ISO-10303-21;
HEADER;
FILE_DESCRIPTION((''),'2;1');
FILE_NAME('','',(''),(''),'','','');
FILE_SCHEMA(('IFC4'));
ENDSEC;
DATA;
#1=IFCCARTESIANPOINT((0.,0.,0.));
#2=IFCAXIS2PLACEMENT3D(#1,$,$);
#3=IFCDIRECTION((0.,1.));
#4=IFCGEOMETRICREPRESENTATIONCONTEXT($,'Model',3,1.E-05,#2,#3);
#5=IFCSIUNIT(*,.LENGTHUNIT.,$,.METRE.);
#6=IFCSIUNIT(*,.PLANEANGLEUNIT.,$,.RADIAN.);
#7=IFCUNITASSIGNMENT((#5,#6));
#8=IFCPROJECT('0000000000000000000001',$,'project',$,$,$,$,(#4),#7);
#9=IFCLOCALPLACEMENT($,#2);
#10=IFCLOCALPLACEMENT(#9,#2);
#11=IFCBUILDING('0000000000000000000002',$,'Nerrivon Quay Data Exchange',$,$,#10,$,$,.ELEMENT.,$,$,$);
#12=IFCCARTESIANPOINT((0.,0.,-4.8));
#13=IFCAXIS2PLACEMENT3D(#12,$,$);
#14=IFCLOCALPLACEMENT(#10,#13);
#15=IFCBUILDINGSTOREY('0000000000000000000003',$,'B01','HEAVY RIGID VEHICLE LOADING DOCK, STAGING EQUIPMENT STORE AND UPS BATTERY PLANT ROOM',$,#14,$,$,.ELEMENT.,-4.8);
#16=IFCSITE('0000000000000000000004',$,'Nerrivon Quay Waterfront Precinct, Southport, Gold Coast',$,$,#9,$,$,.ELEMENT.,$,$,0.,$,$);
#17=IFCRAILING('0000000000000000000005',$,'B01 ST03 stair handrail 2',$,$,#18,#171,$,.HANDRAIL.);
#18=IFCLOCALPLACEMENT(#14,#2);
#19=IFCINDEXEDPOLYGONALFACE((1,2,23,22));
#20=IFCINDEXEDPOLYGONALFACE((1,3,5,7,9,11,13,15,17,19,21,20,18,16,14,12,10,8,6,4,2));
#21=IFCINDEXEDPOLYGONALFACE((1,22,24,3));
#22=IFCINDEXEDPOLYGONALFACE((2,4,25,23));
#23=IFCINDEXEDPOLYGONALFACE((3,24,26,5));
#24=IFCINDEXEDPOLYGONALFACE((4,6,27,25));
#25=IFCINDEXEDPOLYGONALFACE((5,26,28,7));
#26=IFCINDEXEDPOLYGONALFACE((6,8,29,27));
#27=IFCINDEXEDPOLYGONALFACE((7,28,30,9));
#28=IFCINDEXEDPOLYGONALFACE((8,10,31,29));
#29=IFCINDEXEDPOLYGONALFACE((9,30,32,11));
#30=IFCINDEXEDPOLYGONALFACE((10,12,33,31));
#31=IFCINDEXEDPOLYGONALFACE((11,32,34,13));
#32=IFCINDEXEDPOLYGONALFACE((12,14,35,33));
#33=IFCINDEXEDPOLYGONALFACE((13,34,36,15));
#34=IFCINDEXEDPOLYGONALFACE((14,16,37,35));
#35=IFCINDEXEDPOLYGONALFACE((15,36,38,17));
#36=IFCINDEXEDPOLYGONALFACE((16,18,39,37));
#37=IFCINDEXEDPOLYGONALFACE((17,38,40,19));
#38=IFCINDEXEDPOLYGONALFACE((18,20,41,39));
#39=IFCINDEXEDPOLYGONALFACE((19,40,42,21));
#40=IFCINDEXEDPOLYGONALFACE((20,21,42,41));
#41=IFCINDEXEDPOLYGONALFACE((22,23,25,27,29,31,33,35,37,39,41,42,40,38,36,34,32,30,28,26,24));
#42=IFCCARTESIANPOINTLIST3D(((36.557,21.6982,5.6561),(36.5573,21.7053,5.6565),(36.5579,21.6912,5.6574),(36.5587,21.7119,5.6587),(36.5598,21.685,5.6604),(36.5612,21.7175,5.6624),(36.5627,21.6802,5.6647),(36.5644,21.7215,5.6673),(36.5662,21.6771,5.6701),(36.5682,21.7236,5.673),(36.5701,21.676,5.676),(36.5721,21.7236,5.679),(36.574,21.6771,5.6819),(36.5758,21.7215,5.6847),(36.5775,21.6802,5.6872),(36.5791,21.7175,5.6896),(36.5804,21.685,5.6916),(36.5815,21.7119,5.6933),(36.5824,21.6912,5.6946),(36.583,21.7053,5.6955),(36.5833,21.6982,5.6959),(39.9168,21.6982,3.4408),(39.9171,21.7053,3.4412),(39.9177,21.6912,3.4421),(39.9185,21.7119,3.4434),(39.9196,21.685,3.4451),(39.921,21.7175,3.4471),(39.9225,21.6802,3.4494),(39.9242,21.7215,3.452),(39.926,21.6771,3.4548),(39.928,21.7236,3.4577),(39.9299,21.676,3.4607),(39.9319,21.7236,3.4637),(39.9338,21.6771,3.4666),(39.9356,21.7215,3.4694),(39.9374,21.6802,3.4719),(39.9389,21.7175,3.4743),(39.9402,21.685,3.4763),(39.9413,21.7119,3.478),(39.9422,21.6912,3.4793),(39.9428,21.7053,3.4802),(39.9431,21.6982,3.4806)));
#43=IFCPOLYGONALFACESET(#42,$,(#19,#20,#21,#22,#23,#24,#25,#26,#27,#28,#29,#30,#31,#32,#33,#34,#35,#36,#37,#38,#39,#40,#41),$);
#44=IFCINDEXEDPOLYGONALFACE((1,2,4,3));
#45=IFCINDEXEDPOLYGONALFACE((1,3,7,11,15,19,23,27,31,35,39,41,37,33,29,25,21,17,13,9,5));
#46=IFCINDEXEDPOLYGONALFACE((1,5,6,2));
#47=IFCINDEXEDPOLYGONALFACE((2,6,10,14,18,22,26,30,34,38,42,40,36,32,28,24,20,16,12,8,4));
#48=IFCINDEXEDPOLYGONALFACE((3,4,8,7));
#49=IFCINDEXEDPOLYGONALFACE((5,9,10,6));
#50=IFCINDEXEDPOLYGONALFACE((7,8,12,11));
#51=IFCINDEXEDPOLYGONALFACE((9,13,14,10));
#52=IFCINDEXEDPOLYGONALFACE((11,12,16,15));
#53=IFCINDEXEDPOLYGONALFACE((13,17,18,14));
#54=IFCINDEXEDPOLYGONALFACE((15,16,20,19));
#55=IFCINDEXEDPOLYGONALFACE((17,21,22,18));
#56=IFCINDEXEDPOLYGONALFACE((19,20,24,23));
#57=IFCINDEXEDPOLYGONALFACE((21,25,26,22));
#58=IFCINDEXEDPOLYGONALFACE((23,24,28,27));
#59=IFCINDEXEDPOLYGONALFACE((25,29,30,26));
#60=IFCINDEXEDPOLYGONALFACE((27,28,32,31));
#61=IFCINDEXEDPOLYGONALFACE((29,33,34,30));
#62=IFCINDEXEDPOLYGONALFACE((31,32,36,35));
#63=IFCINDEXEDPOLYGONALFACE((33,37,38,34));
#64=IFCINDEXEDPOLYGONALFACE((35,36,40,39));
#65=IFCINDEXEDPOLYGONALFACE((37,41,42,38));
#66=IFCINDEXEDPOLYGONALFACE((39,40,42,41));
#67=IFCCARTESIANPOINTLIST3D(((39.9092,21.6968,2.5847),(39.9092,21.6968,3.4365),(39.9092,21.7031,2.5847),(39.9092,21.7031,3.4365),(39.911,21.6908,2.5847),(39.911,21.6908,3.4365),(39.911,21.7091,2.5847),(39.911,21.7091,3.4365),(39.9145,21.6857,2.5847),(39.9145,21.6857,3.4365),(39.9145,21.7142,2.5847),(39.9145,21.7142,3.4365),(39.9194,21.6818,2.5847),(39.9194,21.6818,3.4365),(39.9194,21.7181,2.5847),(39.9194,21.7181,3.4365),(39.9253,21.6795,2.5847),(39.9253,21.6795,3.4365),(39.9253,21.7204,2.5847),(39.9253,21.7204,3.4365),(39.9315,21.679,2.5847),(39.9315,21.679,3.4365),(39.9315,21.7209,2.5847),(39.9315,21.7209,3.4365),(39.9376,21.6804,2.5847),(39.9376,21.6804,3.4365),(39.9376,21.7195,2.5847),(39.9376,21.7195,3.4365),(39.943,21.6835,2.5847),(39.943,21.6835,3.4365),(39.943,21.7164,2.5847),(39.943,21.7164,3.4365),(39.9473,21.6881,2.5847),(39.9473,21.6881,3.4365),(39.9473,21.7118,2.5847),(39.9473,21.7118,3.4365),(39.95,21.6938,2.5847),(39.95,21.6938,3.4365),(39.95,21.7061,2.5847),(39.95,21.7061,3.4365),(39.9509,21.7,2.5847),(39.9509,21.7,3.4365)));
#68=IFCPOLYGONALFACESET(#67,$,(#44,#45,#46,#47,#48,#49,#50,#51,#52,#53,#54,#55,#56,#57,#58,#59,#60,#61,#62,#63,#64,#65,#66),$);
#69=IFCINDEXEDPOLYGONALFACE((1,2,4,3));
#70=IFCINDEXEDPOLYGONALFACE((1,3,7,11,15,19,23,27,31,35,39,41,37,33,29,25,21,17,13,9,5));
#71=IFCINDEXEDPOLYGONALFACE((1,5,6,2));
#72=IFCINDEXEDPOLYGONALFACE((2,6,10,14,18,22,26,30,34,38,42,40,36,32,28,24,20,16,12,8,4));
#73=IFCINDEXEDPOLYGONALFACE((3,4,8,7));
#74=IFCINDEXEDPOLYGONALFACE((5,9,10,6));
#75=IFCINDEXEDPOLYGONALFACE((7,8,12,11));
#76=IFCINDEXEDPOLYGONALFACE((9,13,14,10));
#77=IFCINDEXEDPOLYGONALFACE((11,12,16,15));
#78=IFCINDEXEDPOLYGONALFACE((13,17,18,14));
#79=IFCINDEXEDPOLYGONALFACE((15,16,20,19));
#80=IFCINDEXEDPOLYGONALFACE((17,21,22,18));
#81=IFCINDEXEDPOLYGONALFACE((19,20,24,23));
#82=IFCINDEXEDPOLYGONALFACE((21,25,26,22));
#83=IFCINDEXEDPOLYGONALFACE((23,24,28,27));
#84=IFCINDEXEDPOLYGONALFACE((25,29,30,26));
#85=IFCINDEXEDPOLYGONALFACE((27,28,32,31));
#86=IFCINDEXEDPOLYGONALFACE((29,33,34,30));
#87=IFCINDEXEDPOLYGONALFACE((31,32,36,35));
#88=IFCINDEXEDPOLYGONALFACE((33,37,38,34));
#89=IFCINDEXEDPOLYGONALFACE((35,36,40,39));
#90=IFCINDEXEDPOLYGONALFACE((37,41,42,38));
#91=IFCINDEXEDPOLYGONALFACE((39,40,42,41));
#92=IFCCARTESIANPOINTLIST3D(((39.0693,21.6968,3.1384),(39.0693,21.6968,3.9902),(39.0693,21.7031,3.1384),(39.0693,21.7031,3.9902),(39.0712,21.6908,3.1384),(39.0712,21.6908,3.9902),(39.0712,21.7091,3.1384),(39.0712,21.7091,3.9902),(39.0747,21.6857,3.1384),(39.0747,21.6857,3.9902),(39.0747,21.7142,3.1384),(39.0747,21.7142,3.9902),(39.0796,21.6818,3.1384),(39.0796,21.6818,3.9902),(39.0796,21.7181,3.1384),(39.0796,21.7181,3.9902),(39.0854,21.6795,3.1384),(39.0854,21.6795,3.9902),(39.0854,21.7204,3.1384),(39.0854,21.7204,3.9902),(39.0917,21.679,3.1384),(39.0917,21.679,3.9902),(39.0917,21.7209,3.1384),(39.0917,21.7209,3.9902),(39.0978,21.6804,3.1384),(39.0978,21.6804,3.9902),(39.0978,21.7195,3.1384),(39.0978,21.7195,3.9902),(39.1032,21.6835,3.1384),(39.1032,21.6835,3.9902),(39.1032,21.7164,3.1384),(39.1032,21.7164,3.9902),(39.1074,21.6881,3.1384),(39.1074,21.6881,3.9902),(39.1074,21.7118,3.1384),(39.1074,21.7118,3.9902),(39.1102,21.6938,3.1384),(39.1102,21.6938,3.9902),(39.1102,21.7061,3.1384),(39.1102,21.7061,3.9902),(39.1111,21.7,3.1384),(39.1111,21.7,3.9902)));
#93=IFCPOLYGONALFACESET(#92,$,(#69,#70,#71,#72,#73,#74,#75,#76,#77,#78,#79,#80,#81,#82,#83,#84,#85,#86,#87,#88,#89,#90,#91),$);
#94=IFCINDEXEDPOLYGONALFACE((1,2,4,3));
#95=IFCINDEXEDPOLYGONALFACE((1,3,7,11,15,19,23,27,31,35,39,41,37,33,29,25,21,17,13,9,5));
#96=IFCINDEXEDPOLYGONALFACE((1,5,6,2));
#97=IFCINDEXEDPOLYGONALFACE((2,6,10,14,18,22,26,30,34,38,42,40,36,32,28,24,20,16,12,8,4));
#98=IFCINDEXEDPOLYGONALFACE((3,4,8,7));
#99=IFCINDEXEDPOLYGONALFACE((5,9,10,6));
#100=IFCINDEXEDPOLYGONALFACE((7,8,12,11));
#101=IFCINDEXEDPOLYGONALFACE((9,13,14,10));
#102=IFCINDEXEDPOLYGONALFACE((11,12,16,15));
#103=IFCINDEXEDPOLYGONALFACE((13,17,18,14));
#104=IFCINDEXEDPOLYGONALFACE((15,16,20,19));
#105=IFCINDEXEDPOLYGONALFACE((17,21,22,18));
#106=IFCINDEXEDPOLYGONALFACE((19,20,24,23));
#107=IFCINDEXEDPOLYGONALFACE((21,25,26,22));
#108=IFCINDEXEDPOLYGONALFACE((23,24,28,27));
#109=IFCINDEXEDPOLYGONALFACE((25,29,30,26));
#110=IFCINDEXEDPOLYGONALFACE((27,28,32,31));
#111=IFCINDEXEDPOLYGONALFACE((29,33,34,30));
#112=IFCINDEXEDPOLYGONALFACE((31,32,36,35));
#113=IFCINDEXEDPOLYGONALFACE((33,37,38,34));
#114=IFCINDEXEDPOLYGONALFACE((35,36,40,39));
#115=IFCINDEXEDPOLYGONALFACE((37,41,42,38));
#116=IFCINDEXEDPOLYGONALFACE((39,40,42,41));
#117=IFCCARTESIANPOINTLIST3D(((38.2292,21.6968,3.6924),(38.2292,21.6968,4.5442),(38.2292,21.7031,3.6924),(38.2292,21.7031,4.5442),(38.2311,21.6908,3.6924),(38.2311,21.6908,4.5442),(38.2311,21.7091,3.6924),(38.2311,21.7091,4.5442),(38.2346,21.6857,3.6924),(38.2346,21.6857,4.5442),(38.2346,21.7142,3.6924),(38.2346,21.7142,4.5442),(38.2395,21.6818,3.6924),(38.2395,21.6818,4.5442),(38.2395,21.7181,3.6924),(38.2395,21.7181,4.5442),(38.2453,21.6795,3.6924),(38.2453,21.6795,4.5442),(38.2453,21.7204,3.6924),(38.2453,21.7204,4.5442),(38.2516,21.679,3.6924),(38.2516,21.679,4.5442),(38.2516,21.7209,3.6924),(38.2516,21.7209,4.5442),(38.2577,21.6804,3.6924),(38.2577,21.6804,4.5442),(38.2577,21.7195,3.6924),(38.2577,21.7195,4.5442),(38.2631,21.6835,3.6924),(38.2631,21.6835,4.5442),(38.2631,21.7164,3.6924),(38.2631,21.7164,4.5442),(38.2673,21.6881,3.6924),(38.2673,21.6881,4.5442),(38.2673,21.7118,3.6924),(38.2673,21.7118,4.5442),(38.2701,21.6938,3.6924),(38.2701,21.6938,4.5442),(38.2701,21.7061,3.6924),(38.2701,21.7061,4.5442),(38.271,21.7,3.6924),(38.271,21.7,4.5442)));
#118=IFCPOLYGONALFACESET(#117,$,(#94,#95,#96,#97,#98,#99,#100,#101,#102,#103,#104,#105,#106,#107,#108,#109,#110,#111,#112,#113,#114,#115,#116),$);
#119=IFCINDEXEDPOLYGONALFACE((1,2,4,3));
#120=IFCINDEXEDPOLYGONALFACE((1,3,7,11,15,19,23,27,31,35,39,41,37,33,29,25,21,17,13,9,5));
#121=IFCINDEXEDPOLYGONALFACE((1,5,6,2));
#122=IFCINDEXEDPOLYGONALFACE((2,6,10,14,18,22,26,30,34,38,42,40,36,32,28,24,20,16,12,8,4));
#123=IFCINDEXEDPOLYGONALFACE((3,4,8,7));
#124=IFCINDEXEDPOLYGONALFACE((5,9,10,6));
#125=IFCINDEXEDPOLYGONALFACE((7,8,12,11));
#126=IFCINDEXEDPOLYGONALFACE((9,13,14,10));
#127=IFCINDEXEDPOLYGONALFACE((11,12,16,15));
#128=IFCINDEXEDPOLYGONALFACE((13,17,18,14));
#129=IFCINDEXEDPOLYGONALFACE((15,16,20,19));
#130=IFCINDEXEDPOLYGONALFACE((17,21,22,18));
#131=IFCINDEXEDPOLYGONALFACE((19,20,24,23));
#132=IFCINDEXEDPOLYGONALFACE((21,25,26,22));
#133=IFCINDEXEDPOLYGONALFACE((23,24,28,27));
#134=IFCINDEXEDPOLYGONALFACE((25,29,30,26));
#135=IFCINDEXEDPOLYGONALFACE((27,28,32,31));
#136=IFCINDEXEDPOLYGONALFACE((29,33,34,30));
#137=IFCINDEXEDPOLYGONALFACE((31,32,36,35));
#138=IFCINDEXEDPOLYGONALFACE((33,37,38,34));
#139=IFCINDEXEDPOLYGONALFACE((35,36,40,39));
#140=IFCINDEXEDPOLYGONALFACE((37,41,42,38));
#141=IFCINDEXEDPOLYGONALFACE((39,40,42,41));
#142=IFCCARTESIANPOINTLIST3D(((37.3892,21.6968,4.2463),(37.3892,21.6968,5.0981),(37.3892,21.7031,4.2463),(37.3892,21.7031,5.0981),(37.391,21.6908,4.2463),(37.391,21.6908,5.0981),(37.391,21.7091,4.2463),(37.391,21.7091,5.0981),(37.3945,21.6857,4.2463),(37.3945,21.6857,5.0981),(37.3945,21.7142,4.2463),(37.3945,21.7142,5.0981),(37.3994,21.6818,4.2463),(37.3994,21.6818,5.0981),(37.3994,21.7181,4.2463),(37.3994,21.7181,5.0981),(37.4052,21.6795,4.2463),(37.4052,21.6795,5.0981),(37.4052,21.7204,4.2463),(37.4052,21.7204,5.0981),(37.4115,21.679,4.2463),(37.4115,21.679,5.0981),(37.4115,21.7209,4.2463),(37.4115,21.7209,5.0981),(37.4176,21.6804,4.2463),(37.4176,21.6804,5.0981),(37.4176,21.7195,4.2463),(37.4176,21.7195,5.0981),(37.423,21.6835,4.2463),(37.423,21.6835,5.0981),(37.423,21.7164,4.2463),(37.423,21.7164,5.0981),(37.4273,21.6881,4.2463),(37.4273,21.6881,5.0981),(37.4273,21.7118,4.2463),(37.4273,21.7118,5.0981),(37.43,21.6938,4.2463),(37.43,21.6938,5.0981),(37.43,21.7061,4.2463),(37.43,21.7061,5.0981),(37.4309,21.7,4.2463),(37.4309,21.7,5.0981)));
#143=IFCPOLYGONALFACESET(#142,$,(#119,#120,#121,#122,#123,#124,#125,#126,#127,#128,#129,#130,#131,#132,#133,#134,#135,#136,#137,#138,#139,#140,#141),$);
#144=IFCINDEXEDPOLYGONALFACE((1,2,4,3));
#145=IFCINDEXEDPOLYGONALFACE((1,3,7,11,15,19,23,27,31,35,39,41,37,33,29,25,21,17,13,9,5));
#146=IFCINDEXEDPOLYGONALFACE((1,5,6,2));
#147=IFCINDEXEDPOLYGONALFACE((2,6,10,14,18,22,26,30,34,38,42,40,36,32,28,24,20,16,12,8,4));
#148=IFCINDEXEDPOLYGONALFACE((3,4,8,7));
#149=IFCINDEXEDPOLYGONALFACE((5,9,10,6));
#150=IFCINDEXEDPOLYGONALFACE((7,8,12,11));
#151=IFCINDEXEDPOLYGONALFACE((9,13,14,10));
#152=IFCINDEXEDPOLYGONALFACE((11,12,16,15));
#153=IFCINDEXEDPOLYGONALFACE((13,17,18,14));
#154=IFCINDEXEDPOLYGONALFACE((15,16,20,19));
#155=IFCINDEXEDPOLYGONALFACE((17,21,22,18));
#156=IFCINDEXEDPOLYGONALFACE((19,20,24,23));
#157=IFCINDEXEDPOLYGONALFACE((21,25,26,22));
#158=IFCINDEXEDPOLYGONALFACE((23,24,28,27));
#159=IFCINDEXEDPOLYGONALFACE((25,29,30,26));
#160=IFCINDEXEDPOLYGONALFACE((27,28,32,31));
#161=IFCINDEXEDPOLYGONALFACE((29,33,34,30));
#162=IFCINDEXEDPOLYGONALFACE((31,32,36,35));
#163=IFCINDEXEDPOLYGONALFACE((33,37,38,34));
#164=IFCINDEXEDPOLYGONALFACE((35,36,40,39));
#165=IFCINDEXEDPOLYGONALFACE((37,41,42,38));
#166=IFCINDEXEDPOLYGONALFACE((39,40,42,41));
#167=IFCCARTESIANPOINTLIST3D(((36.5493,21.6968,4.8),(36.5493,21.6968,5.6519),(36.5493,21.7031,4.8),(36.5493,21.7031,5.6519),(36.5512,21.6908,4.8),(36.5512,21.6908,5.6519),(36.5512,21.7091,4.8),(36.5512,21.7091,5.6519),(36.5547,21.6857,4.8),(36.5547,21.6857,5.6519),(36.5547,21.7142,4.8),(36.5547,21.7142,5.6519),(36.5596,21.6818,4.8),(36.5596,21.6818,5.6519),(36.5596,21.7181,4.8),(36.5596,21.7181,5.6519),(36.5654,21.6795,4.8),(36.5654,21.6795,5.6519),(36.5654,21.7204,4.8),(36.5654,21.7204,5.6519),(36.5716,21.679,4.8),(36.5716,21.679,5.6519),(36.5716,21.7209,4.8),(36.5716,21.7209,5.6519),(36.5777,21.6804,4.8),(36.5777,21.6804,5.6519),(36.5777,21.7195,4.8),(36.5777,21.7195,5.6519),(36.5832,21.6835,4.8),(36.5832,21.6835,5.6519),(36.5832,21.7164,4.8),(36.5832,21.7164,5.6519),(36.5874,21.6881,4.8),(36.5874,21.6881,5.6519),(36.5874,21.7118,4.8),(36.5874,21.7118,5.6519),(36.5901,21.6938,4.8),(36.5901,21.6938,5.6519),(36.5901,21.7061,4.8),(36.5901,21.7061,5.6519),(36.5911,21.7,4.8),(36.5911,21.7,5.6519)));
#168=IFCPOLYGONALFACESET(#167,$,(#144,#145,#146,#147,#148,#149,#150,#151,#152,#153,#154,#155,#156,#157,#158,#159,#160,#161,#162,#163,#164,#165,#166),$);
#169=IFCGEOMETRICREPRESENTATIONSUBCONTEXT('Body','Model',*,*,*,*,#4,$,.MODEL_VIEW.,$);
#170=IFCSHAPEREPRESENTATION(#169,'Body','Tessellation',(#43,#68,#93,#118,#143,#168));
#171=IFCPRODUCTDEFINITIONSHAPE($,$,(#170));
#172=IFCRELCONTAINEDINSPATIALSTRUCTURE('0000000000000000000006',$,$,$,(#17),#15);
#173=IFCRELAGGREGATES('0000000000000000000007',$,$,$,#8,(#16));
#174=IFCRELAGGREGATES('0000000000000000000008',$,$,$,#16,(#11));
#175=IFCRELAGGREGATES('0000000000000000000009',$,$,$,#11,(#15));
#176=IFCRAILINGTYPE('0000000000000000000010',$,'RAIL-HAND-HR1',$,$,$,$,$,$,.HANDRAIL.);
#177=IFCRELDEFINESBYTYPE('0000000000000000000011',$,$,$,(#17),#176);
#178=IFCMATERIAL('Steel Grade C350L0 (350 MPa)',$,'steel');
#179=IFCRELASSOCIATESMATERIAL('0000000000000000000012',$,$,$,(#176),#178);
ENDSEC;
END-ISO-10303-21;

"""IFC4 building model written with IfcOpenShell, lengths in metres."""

from ifc_helpers import new_model, si_unit, direction, frame, origin, origin_2d, place, context, subcontext, project, spatial, circle, extrude, material, type_object, element, save


model = new_model("IFC4")

# Units and contexts
model_context = context("Model", 3, precision=1e-05, world=origin(), true_north=direction((0.0, 1.0)))
body_context = subcontext(model_context, "Body", "Model", "MODEL_VIEW")
ifc_project = project(units=[si_unit("LENGTHUNIT", "METRE"), si_unit("PLANEANGLEUNIT", "RADIAN")], contexts=[model_context])

# Site, building, storey
site_placement = place(None, origin())
site = spatial("IfcSite", under=ifc_project, at=site_placement, Name="Nerrivon Quay Waterfront Precinct, Southport, Gold Coast", CompositionType="ELEMENT", RefElevation=0.0)
building_placement = place(site_placement, origin())
building = spatial("IfcBuilding", under=site, at=building_placement, Name="Nerrivon Quay Data Exchange", CompositionType="ELEMENT")
storey_placement = place(building_placement, frame((0.0, 0.0, -4.8)))
storey = spatial("IfcBuildingStorey", under=building, at=storey_placement, Name="B01", Description="HEAVY RIGID VEHICLE LOADING DOCK, STAGING EQUIPMENT STORE AND UPS BATTERY PLANT ROOM", CompositionType="ELEMENT", Elevation=-4.8)

# Railing
ifc_material_1 = material(Name="Steel Grade C350L0 (350 MPa)", Category="steel")
railing_type = type_object("IfcRailingType", Name="RAIL-HAND-HR1", PredefinedType="HANDRAIL", material=ifc_material_1)
railing_placement = place(storey_placement, frame((39.9299, 21.7, 2.5847)))
element("IfcRailing", 1, at=railing_placement, inside=storey, type_object=railing_type, Name="B01 ST03 stair handrail 2", PredefinedType="HANDRAIL", context=body_context, shape_type="SweptSolid", body=[
    extrude(circle(Radius=0.0239, at=origin_2d()), frame((0.0, 0.0, 0.876), z_axis=(-0.834858, 0.0, 0.550465), x_axis=(0.0, -1.0, 0.0)), (0.0, 0.0, 1.0), 4.0244),
    extrude(circle(Radius=0.021, at=origin_2d()), origin(), (0.0, 0.0, 1.0), 0.8518),
    extrude(circle(Radius=0.021, at=origin_2d()), frame((-0.8398, 0.0, 0.5537)), (0.0, 0.0, 1.0), 0.8518),
    extrude(circle(Radius=0.021, at=origin_2d()), frame((-1.6799, 0.0, 1.1077)), (0.0, 0.0, 1.0), 0.8518),
    extrude(circle(Radius=0.021, at=origin_2d()), frame((-2.52, 0.0, 1.6616)), (0.0, 0.0, 1.0), 0.8518),
    extrude(circle(Radius=0.021, at=origin_2d()), frame((-3.3599, 0.0, 2.2153)), (0.0, 0.0, 1.0), 0.8518),
])

save(model, "model.ifc")
